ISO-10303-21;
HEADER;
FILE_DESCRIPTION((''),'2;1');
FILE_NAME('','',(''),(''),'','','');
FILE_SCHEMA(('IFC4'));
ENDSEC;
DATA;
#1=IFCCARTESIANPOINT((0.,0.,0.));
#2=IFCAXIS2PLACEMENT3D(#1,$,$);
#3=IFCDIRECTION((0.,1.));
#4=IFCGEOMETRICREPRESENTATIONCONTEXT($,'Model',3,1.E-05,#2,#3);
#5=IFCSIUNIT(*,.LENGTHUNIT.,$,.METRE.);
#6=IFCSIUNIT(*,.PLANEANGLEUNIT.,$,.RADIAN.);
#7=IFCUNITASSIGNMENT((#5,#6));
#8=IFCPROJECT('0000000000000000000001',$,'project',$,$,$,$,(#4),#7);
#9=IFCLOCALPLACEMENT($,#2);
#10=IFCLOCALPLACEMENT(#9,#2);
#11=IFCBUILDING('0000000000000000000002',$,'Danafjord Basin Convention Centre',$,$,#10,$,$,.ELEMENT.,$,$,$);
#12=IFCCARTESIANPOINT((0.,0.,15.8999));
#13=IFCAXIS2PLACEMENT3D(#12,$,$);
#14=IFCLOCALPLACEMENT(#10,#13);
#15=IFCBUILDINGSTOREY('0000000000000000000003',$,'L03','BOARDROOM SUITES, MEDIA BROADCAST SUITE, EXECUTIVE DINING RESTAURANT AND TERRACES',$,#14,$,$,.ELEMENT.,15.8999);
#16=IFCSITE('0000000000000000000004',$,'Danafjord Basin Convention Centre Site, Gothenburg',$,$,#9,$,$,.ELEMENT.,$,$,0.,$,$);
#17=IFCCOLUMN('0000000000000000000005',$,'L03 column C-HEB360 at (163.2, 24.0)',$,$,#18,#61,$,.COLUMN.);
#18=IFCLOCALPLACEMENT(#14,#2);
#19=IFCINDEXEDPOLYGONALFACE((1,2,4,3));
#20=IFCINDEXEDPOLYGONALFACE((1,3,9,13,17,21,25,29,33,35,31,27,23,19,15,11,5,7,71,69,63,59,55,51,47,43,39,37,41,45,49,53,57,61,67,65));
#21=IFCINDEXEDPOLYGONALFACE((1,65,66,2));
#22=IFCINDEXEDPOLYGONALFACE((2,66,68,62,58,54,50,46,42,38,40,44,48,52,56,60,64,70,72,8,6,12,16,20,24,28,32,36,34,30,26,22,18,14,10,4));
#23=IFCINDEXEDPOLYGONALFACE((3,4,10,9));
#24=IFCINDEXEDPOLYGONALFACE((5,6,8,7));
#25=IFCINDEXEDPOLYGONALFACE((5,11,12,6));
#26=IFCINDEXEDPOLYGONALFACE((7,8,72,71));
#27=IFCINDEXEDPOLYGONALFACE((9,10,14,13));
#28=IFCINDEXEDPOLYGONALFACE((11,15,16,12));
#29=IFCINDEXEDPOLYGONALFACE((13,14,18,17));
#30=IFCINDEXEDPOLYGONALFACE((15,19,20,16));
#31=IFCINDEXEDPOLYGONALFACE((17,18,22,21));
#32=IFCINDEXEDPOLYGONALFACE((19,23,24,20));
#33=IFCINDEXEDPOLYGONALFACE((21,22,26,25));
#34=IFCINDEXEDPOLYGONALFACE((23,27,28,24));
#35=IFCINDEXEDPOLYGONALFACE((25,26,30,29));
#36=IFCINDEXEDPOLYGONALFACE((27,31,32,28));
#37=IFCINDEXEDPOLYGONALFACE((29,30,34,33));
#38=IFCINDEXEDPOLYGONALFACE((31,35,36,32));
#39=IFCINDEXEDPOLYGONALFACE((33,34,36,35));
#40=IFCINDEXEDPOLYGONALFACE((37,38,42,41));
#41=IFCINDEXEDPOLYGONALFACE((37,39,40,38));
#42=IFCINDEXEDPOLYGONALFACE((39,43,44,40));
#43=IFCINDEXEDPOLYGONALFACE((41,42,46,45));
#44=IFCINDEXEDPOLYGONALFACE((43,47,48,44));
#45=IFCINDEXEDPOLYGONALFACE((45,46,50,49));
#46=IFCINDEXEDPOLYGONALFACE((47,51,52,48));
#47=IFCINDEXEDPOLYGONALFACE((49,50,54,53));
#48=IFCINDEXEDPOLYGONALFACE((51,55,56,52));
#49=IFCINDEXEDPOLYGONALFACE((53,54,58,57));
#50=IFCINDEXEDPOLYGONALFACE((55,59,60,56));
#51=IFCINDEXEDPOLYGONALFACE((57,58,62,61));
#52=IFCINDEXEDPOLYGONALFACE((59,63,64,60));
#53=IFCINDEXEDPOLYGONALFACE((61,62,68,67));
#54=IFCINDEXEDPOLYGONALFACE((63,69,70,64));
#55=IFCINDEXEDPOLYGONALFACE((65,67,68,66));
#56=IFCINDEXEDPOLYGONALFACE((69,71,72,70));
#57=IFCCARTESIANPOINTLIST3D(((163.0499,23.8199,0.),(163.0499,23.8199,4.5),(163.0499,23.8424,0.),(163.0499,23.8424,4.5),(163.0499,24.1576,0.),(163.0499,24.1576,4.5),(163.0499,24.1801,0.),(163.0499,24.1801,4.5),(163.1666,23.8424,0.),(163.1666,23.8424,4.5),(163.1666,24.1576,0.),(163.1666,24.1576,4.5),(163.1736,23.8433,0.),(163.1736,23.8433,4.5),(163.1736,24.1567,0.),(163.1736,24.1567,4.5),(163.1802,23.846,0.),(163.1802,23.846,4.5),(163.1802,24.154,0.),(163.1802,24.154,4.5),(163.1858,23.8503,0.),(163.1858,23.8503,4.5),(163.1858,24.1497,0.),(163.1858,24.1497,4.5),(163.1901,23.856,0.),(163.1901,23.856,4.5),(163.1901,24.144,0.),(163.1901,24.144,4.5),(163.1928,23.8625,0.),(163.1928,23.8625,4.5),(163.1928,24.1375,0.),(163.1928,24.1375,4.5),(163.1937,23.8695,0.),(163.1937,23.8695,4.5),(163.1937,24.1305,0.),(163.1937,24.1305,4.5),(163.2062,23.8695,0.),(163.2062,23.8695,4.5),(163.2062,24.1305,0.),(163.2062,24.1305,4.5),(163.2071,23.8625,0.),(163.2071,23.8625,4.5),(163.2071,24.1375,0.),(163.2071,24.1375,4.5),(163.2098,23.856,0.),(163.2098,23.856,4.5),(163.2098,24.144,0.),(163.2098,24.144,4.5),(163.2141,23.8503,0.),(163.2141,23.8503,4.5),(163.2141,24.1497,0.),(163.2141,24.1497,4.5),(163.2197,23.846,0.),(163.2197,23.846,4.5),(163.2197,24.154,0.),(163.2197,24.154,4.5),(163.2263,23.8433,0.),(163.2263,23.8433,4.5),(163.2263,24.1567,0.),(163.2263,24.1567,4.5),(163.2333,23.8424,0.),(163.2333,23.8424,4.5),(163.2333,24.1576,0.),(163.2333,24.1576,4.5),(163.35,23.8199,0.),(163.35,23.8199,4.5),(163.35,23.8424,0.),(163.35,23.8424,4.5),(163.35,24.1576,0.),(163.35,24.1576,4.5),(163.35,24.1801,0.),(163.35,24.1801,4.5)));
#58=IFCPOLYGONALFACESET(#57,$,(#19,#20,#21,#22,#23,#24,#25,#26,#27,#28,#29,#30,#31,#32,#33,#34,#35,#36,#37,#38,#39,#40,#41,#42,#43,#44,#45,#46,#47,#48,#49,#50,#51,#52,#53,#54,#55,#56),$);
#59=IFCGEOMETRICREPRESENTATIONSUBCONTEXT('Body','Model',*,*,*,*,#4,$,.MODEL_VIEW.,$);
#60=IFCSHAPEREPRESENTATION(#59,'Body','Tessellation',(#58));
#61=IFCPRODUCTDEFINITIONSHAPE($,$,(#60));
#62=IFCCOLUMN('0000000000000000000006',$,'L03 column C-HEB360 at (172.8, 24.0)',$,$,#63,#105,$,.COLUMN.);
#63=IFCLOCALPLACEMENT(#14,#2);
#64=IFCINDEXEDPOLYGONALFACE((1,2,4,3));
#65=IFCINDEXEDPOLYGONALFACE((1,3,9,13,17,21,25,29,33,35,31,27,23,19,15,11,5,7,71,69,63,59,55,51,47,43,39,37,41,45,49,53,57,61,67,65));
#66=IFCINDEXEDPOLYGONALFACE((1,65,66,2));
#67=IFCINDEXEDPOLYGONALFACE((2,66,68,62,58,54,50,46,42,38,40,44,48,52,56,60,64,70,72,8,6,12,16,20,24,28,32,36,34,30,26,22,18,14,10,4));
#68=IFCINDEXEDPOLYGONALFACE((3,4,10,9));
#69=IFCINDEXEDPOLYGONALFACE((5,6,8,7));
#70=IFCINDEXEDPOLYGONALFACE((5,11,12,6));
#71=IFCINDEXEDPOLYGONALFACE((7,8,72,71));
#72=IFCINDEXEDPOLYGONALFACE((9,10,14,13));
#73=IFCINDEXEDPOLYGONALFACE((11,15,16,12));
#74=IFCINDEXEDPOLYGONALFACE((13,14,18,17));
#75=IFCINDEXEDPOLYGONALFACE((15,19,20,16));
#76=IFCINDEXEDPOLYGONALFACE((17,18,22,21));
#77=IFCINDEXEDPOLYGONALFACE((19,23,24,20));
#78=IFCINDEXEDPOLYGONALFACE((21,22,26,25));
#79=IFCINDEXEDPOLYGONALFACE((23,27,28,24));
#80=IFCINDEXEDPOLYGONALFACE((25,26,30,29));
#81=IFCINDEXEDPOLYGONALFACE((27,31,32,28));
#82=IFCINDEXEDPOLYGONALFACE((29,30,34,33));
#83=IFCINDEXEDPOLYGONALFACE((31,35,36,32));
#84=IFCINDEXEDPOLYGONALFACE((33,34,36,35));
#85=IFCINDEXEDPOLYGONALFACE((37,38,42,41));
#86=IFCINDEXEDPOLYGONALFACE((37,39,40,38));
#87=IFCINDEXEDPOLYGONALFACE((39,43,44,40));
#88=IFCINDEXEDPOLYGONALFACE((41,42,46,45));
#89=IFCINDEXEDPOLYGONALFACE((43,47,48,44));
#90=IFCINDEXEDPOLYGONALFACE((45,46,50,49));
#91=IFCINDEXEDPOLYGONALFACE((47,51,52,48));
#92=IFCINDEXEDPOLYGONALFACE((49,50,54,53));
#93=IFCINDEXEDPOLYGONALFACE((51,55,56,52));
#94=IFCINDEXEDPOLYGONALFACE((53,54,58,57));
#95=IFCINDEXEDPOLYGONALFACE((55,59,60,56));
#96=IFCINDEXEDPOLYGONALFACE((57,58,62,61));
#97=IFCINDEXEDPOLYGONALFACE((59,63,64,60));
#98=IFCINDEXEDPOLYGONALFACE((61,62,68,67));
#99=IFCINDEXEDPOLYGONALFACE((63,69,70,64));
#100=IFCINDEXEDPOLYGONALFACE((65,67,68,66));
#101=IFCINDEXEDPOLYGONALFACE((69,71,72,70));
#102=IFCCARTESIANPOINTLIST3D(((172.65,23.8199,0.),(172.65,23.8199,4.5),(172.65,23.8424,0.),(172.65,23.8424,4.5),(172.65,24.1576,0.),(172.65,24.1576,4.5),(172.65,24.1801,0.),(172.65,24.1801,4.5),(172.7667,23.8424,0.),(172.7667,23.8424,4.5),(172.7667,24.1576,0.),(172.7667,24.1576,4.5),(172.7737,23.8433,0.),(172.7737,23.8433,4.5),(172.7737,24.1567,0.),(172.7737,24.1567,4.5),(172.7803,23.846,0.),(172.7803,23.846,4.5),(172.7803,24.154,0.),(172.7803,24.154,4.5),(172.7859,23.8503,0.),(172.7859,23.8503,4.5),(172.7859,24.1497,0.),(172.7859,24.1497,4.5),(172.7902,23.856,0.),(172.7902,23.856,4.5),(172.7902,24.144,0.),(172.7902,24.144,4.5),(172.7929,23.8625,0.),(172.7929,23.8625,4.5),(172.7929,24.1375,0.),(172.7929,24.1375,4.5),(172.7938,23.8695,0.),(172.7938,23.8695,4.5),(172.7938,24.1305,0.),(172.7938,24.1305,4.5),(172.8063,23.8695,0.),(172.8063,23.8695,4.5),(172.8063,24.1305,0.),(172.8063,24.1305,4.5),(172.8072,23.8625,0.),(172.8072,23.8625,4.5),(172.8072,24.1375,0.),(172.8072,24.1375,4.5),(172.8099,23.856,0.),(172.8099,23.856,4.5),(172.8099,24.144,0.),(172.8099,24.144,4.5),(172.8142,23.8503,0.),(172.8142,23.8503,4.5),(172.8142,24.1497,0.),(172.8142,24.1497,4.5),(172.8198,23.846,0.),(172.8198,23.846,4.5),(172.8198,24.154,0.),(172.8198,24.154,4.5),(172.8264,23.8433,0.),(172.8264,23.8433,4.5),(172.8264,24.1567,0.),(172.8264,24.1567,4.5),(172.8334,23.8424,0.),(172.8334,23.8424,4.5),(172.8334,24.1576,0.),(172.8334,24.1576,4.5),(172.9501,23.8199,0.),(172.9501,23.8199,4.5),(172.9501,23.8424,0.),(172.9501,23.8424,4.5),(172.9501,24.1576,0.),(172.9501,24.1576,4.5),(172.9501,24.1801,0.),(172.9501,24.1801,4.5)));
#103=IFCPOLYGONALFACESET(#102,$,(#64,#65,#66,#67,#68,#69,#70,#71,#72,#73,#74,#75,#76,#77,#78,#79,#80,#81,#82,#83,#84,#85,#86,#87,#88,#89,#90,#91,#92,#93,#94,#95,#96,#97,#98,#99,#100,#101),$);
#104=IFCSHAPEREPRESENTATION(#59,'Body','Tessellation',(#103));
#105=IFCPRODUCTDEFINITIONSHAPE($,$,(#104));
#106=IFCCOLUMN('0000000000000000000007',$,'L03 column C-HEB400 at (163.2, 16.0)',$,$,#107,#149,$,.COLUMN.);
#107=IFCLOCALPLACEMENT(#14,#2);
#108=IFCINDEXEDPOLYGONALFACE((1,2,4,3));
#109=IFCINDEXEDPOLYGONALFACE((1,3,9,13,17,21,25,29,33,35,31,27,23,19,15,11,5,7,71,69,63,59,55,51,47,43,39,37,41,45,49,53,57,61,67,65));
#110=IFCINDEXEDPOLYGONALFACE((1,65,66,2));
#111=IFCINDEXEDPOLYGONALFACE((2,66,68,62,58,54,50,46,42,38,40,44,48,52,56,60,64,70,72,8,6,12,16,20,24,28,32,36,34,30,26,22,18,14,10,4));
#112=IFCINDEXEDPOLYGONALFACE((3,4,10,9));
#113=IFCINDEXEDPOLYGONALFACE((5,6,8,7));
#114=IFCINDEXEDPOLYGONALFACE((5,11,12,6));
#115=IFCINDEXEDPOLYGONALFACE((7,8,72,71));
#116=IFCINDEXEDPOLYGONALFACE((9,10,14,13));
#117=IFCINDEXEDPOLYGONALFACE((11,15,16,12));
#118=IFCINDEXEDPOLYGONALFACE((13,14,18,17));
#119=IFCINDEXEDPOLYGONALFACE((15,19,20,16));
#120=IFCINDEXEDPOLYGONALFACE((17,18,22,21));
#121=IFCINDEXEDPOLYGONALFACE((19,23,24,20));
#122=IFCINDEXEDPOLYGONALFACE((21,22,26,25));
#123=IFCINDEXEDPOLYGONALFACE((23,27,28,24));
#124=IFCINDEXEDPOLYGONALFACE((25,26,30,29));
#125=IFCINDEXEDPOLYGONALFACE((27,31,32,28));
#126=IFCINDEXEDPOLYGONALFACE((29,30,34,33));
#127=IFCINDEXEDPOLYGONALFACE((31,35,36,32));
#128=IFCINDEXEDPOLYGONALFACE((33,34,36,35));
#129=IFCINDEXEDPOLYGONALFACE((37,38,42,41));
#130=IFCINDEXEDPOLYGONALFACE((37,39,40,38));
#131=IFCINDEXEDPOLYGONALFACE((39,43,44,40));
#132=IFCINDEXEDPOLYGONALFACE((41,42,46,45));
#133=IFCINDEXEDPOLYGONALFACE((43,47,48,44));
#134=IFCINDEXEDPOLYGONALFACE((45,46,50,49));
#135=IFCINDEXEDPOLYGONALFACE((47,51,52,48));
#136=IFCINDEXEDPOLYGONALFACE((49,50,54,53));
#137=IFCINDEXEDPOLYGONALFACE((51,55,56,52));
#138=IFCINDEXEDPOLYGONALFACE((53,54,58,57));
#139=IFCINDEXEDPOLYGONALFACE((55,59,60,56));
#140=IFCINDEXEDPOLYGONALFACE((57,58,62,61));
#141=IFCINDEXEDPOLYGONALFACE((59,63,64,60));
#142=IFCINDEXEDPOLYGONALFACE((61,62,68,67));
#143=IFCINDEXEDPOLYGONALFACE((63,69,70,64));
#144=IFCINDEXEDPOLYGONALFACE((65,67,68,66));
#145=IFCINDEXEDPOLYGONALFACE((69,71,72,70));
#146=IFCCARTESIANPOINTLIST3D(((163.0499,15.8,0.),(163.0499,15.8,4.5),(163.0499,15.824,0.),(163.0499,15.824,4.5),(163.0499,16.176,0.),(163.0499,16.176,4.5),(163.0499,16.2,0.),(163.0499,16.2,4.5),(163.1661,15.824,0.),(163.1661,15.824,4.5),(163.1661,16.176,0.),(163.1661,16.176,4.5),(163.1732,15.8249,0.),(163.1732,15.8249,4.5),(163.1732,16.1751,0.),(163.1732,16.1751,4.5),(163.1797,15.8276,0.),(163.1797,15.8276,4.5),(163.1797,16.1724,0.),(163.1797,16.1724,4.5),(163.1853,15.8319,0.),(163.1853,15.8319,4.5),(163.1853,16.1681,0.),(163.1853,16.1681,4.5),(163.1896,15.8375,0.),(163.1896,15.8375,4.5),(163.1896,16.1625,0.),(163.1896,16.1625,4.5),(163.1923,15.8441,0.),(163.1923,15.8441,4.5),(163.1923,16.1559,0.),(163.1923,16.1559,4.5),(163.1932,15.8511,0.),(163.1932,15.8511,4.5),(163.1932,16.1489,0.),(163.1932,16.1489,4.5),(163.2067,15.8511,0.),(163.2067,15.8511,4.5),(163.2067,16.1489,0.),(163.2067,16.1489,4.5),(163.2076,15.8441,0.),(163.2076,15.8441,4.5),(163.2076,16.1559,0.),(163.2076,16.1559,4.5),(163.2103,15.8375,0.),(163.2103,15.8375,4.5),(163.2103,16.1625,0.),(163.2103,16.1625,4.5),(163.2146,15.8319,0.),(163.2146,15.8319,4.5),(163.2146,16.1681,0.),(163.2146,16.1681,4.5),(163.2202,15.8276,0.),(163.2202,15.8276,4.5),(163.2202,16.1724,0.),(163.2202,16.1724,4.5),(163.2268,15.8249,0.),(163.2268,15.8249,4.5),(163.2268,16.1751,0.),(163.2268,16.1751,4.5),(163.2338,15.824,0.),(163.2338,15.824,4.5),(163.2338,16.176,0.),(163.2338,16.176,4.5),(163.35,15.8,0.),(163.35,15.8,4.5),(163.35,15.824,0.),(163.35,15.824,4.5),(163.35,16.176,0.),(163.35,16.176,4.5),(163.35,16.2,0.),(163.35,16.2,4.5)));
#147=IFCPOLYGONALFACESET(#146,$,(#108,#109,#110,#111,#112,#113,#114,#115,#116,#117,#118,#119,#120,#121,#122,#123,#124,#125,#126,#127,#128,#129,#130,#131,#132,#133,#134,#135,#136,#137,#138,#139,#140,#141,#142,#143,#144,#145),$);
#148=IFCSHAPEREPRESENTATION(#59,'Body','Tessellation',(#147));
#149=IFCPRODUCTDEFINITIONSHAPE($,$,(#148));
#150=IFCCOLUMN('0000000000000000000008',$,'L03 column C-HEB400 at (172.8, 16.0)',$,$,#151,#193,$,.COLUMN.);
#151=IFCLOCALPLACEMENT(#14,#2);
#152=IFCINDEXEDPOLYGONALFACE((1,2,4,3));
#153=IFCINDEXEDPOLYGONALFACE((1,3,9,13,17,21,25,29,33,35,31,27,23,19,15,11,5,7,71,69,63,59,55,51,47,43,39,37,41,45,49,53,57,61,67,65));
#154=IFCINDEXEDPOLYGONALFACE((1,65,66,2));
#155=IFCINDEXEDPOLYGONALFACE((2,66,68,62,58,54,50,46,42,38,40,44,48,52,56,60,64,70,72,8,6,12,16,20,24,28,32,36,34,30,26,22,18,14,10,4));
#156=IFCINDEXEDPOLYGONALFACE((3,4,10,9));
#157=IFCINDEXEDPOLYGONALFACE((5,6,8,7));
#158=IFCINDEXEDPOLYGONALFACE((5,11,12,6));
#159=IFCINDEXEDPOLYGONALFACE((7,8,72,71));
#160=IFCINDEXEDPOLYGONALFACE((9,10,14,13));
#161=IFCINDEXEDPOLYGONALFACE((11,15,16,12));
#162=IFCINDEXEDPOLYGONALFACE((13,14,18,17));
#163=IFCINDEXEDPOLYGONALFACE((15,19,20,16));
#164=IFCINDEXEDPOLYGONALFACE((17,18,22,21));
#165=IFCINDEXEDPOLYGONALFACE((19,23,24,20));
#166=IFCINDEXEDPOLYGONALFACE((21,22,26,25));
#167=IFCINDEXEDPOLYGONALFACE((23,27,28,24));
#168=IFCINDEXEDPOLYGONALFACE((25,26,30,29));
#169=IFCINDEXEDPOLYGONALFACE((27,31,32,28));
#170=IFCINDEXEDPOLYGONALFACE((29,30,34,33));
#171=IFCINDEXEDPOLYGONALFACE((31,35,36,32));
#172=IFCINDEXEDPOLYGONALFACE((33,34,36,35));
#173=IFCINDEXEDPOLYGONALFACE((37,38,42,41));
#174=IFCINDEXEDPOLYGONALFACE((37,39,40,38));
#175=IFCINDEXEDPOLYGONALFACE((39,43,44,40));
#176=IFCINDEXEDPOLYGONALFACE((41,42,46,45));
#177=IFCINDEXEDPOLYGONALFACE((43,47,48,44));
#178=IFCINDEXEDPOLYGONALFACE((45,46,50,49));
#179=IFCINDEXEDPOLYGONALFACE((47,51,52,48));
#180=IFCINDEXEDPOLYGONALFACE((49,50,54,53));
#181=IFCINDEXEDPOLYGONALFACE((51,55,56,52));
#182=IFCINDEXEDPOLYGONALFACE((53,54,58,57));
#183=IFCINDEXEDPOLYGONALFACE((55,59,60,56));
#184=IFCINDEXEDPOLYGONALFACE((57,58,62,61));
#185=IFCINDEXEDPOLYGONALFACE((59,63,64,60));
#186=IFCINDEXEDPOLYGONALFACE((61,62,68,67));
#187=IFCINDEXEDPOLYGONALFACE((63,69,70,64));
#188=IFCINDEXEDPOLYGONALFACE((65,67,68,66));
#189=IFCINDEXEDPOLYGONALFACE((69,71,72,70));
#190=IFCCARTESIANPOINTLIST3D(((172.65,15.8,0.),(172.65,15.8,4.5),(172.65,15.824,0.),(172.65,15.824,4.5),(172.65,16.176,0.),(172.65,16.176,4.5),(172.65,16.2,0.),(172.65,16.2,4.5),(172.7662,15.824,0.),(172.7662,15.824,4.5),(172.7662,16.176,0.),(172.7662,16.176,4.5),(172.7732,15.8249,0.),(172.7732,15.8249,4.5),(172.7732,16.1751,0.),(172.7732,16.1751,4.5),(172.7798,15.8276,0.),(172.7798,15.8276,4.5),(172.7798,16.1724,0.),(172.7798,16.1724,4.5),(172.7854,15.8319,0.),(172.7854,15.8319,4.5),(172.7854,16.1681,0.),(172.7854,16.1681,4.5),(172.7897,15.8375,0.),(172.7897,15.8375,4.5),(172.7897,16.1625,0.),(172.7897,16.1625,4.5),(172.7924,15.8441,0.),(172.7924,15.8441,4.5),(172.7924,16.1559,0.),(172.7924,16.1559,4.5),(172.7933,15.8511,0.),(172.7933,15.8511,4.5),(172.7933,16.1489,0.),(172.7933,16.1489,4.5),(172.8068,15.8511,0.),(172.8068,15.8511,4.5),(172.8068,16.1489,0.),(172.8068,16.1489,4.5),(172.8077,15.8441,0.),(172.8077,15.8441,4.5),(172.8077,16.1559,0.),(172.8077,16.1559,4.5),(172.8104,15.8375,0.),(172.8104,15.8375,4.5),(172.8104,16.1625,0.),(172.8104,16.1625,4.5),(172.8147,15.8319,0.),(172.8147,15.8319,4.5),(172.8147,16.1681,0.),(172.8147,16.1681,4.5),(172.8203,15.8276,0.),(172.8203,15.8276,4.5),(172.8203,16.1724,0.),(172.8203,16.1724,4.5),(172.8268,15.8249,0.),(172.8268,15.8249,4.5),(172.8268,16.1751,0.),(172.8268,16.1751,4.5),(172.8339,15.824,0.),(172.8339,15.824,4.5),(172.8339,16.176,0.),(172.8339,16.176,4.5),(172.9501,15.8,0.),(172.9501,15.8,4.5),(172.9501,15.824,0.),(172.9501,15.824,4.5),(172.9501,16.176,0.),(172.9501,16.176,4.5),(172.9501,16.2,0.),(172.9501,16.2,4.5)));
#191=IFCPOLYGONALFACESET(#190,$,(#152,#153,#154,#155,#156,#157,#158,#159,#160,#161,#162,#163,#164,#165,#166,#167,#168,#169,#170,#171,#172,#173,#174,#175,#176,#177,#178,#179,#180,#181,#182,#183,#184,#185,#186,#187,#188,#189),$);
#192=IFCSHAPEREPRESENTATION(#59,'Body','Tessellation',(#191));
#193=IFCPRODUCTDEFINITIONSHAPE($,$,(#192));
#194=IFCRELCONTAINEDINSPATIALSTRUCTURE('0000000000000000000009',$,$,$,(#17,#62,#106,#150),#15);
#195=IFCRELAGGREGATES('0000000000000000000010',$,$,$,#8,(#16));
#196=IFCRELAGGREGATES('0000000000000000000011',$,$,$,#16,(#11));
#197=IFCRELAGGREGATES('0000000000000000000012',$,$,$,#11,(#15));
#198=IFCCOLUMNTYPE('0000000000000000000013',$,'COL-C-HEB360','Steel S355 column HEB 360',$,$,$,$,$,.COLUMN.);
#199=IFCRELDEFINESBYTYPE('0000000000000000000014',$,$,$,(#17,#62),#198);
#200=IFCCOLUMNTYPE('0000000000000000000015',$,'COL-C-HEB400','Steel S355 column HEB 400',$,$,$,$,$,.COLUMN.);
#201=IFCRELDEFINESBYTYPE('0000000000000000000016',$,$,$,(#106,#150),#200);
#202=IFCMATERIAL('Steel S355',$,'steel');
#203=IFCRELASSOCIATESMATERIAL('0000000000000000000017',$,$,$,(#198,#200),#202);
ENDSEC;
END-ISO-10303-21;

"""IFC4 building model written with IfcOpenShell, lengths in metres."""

from ifc_helpers import new_model, si_unit, direction, frame, origin, origin_2d, place, context, subcontext, project, spatial, i_section, extrude, material, material_profile, profile_set, type_object, element, save


model = new_model("IFC4")

# Units and contexts
model_context = context("Model", 3, precision=1e-05, world=origin(), true_north=direction((0.0, 1.0)))
body_context = subcontext(model_context, "Body", "Model", "MODEL_VIEW")
ifc_project = project(units=[si_unit("LENGTHUNIT", "METRE"), si_unit("PLANEANGLEUNIT", "RADIAN")], contexts=[model_context])

# Site, building, storey
site_placement = place(None, origin())
site = spatial("IfcSite", under=ifc_project, at=site_placement, Name="Danafjord Basin Convention Centre Site, Gothenburg", CompositionType="ELEMENT", RefElevation=0.0)
building_placement = place(site_placement, origin())
building = spatial("IfcBuilding", under=site, at=building_placement, Name="Danafjord Basin Convention Centre", CompositionType="ELEMENT")
storey_placement = place(building_placement, frame((0.0, 0.0, 15.8999)))
storey = spatial("IfcBuildingStorey", under=building, at=storey_placement, Name="L03", Description="BOARDROOM SUITES, MEDIA BROADCAST SUITE, EXECUTIVE DINING RESTAURANT AND TERRACES", CompositionType="ELEMENT", Elevation=15.8999)

# Columns
ifc_material_1 = material(Name="Steel S355", Category="steel")
ifc_material_profile_1 = material_profile(ifc_material_1, i_section(OverallWidth=0.3, OverallDepth=0.3601, WebThickness=0.0125, FlangeThickness=0.0225, FilletRadius=0.0271, at=origin_2d()), Name="HEB 360")
ifc_profile_set_1 = profile_set([ifc_material_profile_1], Name="Steel S355")
column_type_1 = type_object("IfcColumnType", Name="COL-C-HEB360", Description="Steel S355 column HEB 360", PredefinedType="COLUMN", material=ifc_profile_set_1)
for number, where, z_axis, x_axis, name in (
    (1, (163.2, 24.0, 0.0), (0.0, 0.0, 1.0), (1.0, 0.0, 0.0), "L03 column C-HEB360 at (163.2, 24.0)"),
    (2, (172.8, 24.0, 0.0), (0.0, 0.0, 1.0), (1.0, 0.0, 0.0), "L03 column C-HEB360 at (172.8, 24.0)"),
):
    element("IfcColumn", number, at=place(storey_placement, frame(where, z_axis=z_axis, x_axis=x_axis)), inside=storey, type_object=column_type_1, Name=name, PredefinedType="COLUMN", context=body_context, shape_type="SweptSolid", body=[
        extrude(i_section(OverallWidth=0.3, OverallDepth=0.3601, WebThickness=0.0125, FlangeThickness=0.0225, FilletRadius=0.0271, at=origin_2d()), origin(), (0.0, 0.0, 1.0), 4.5),
    ])
ifc_material_profile_2 = material_profile(ifc_material_1, i_section(OverallWidth=0.3, OverallDepth=0.3999, WebThickness=0.0134, FlangeThickness=0.0239, FilletRadius=0.0271, at=origin_2d()), Name="HEB 400")
ifc_profile_set_2 = profile_set([ifc_material_profile_2], Name="Steel S355")
column_type_2 = type_object("IfcColumnType", Name="COL-C-HEB400", Description="Steel S355 column HEB 400", PredefinedType="COLUMN", material=ifc_profile_set_2)
for number, where, z_axis, x_axis, name in (
    (3, (163.2, 16.0, 0.0), (0.0, 0.0, 1.0), (1.0, 0.0, 0.0), "L03 column C-HEB400 at (163.2, 16.0)"),
    (4, (172.8, 16.0, 0.0), (0.0, 0.0, 1.0), (1.0, 0.0, 0.0), "L03 column C-HEB400 at (172.8, 16.0)"),
):
    element("IfcColumn", number, at=place(storey_placement, frame(where, z_axis=z_axis, x_axis=x_axis)), inside=storey, type_object=column_type_2, Name=name, PredefinedType="COLUMN", context=body_context, shape_type="SweptSolid", body=[
        extrude(i_section(OverallWidth=0.3, OverallDepth=0.3999, WebThickness=0.0134, FlangeThickness=0.0239, FilletRadius=0.0271, at=origin_2d()), origin(), (0.0, 0.0, 1.0), 4.5),
    ])

save(model, "model.ifc")
